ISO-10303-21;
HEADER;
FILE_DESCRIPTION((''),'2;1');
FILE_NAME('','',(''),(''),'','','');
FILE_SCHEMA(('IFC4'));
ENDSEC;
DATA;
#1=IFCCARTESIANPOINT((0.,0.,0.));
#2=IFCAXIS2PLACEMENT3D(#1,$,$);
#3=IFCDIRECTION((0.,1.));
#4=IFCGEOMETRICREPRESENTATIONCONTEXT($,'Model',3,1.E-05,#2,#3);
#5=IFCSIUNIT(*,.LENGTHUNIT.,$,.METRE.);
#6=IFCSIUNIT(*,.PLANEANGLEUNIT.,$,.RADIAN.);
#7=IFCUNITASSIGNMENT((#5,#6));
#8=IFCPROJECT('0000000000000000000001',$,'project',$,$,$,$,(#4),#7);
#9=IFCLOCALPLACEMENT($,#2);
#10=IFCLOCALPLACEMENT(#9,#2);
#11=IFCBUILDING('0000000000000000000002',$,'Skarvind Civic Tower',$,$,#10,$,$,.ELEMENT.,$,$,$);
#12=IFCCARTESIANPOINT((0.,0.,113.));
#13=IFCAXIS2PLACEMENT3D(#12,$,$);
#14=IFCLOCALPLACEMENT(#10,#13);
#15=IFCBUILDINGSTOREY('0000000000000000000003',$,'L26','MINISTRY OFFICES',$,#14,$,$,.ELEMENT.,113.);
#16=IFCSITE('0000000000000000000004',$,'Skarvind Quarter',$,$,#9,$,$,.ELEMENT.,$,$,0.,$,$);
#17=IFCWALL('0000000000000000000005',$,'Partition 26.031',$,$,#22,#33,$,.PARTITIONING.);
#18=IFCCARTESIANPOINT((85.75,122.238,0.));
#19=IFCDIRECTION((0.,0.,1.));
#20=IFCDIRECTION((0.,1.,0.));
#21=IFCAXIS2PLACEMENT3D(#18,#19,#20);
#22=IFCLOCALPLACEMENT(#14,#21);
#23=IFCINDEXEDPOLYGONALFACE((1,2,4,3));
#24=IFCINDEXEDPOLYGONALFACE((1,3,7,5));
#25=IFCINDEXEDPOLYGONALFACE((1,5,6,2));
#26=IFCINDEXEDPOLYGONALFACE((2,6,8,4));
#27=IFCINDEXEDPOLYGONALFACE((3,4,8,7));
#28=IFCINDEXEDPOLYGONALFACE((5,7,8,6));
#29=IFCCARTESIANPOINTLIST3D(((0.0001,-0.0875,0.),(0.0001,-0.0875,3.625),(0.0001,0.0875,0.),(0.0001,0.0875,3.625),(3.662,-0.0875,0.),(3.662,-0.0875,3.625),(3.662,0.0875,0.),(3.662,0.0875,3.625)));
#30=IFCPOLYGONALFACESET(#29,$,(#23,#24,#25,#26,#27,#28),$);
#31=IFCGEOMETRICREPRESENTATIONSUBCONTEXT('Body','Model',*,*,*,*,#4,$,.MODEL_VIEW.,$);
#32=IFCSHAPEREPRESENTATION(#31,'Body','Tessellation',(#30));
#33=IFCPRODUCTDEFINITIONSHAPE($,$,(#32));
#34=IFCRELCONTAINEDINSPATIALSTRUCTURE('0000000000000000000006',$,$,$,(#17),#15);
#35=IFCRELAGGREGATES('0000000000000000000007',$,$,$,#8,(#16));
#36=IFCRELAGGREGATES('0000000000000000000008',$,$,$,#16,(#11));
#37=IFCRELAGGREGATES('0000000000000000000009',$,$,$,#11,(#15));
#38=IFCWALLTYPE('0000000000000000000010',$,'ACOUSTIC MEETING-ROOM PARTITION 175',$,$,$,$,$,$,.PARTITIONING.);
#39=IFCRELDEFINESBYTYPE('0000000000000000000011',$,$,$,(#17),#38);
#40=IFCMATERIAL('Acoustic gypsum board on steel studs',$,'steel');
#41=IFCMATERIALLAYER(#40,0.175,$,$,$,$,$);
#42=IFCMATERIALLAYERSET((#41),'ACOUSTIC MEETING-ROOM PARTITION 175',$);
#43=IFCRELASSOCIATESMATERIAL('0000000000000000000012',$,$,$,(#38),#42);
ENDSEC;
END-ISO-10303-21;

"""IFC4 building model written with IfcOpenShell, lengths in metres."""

from ifc_helpers import new_model, si_unit, direction, frame, frame_2d, origin, place, context, subcontext, project, spatial, rectangle, extrude, material, layer, layer_set, type_object, element, save


model = new_model("IFC4")

# Units and contexts
model_context = context("Model", 3, precision=1e-05, world=origin(), true_north=direction((0.0, 1.0)))
body_context = subcontext(model_context, "Body", "Model", "MODEL_VIEW")
ifc_project = project(units=[si_unit("LENGTHUNIT", "METRE"), si_unit("PLANEANGLEUNIT", "RADIAN")], contexts=[model_context])

# Site, building, storey
site_placement = place(None, origin())
site = spatial("IfcSite", under=ifc_project, at=site_placement, Name="Skarvind Quarter", CompositionType="ELEMENT", RefElevation=0.0)
building_placement = place(site_placement, origin())
building = spatial("IfcBuilding", under=site, at=building_placement, Name="Skarvind Civic Tower", CompositionType="ELEMENT")
storey_placement = place(building_placement, frame((0.0, 0.0, 113.0)))
storey = spatial("IfcBuildingStorey", under=building, at=storey_placement, Name="L26", Description="MINISTRY OFFICES", CompositionType="ELEMENT", Elevation=113.0)

# Shared definitions
ifc_material_1 = material(Name="Acoustic gypsum board on steel studs", Category="steel")
ifc_layer_1 = layer(ifc_material_1, 0.175)
ifc_layer_set_1 = layer_set([ifc_layer_1], Name="ACOUSTIC MEETING-ROOM PARTITION 175")
wall_type_1 = type_object("IfcWallType", Name="ACOUSTIC MEETING-ROOM PARTITION 175", PredefinedType="PARTITIONING", material=ifc_layer_set_1)

# Wall
wall_1_placement = place(storey_placement, frame((85.75, 122.238, 0.0), z_axis=(0.0, 0.0, 1.0), x_axis=(0.0, 1.0, 0.0)))
element("IfcWall", 1, at=wall_1_placement, inside=storey, type_object=wall_type_1, Name="Partition 26.031", PredefinedType="PARTITIONING", context=body_context, shape_type="SweptSolid", body=[
    extrude(rectangle(XDim=3.6619, YDim=0.175, at=frame_2d((1.8311, 0.0))), origin(), (0.0, 0.0, 1.0), 3.625),
])

save(model, "model.ifc")
